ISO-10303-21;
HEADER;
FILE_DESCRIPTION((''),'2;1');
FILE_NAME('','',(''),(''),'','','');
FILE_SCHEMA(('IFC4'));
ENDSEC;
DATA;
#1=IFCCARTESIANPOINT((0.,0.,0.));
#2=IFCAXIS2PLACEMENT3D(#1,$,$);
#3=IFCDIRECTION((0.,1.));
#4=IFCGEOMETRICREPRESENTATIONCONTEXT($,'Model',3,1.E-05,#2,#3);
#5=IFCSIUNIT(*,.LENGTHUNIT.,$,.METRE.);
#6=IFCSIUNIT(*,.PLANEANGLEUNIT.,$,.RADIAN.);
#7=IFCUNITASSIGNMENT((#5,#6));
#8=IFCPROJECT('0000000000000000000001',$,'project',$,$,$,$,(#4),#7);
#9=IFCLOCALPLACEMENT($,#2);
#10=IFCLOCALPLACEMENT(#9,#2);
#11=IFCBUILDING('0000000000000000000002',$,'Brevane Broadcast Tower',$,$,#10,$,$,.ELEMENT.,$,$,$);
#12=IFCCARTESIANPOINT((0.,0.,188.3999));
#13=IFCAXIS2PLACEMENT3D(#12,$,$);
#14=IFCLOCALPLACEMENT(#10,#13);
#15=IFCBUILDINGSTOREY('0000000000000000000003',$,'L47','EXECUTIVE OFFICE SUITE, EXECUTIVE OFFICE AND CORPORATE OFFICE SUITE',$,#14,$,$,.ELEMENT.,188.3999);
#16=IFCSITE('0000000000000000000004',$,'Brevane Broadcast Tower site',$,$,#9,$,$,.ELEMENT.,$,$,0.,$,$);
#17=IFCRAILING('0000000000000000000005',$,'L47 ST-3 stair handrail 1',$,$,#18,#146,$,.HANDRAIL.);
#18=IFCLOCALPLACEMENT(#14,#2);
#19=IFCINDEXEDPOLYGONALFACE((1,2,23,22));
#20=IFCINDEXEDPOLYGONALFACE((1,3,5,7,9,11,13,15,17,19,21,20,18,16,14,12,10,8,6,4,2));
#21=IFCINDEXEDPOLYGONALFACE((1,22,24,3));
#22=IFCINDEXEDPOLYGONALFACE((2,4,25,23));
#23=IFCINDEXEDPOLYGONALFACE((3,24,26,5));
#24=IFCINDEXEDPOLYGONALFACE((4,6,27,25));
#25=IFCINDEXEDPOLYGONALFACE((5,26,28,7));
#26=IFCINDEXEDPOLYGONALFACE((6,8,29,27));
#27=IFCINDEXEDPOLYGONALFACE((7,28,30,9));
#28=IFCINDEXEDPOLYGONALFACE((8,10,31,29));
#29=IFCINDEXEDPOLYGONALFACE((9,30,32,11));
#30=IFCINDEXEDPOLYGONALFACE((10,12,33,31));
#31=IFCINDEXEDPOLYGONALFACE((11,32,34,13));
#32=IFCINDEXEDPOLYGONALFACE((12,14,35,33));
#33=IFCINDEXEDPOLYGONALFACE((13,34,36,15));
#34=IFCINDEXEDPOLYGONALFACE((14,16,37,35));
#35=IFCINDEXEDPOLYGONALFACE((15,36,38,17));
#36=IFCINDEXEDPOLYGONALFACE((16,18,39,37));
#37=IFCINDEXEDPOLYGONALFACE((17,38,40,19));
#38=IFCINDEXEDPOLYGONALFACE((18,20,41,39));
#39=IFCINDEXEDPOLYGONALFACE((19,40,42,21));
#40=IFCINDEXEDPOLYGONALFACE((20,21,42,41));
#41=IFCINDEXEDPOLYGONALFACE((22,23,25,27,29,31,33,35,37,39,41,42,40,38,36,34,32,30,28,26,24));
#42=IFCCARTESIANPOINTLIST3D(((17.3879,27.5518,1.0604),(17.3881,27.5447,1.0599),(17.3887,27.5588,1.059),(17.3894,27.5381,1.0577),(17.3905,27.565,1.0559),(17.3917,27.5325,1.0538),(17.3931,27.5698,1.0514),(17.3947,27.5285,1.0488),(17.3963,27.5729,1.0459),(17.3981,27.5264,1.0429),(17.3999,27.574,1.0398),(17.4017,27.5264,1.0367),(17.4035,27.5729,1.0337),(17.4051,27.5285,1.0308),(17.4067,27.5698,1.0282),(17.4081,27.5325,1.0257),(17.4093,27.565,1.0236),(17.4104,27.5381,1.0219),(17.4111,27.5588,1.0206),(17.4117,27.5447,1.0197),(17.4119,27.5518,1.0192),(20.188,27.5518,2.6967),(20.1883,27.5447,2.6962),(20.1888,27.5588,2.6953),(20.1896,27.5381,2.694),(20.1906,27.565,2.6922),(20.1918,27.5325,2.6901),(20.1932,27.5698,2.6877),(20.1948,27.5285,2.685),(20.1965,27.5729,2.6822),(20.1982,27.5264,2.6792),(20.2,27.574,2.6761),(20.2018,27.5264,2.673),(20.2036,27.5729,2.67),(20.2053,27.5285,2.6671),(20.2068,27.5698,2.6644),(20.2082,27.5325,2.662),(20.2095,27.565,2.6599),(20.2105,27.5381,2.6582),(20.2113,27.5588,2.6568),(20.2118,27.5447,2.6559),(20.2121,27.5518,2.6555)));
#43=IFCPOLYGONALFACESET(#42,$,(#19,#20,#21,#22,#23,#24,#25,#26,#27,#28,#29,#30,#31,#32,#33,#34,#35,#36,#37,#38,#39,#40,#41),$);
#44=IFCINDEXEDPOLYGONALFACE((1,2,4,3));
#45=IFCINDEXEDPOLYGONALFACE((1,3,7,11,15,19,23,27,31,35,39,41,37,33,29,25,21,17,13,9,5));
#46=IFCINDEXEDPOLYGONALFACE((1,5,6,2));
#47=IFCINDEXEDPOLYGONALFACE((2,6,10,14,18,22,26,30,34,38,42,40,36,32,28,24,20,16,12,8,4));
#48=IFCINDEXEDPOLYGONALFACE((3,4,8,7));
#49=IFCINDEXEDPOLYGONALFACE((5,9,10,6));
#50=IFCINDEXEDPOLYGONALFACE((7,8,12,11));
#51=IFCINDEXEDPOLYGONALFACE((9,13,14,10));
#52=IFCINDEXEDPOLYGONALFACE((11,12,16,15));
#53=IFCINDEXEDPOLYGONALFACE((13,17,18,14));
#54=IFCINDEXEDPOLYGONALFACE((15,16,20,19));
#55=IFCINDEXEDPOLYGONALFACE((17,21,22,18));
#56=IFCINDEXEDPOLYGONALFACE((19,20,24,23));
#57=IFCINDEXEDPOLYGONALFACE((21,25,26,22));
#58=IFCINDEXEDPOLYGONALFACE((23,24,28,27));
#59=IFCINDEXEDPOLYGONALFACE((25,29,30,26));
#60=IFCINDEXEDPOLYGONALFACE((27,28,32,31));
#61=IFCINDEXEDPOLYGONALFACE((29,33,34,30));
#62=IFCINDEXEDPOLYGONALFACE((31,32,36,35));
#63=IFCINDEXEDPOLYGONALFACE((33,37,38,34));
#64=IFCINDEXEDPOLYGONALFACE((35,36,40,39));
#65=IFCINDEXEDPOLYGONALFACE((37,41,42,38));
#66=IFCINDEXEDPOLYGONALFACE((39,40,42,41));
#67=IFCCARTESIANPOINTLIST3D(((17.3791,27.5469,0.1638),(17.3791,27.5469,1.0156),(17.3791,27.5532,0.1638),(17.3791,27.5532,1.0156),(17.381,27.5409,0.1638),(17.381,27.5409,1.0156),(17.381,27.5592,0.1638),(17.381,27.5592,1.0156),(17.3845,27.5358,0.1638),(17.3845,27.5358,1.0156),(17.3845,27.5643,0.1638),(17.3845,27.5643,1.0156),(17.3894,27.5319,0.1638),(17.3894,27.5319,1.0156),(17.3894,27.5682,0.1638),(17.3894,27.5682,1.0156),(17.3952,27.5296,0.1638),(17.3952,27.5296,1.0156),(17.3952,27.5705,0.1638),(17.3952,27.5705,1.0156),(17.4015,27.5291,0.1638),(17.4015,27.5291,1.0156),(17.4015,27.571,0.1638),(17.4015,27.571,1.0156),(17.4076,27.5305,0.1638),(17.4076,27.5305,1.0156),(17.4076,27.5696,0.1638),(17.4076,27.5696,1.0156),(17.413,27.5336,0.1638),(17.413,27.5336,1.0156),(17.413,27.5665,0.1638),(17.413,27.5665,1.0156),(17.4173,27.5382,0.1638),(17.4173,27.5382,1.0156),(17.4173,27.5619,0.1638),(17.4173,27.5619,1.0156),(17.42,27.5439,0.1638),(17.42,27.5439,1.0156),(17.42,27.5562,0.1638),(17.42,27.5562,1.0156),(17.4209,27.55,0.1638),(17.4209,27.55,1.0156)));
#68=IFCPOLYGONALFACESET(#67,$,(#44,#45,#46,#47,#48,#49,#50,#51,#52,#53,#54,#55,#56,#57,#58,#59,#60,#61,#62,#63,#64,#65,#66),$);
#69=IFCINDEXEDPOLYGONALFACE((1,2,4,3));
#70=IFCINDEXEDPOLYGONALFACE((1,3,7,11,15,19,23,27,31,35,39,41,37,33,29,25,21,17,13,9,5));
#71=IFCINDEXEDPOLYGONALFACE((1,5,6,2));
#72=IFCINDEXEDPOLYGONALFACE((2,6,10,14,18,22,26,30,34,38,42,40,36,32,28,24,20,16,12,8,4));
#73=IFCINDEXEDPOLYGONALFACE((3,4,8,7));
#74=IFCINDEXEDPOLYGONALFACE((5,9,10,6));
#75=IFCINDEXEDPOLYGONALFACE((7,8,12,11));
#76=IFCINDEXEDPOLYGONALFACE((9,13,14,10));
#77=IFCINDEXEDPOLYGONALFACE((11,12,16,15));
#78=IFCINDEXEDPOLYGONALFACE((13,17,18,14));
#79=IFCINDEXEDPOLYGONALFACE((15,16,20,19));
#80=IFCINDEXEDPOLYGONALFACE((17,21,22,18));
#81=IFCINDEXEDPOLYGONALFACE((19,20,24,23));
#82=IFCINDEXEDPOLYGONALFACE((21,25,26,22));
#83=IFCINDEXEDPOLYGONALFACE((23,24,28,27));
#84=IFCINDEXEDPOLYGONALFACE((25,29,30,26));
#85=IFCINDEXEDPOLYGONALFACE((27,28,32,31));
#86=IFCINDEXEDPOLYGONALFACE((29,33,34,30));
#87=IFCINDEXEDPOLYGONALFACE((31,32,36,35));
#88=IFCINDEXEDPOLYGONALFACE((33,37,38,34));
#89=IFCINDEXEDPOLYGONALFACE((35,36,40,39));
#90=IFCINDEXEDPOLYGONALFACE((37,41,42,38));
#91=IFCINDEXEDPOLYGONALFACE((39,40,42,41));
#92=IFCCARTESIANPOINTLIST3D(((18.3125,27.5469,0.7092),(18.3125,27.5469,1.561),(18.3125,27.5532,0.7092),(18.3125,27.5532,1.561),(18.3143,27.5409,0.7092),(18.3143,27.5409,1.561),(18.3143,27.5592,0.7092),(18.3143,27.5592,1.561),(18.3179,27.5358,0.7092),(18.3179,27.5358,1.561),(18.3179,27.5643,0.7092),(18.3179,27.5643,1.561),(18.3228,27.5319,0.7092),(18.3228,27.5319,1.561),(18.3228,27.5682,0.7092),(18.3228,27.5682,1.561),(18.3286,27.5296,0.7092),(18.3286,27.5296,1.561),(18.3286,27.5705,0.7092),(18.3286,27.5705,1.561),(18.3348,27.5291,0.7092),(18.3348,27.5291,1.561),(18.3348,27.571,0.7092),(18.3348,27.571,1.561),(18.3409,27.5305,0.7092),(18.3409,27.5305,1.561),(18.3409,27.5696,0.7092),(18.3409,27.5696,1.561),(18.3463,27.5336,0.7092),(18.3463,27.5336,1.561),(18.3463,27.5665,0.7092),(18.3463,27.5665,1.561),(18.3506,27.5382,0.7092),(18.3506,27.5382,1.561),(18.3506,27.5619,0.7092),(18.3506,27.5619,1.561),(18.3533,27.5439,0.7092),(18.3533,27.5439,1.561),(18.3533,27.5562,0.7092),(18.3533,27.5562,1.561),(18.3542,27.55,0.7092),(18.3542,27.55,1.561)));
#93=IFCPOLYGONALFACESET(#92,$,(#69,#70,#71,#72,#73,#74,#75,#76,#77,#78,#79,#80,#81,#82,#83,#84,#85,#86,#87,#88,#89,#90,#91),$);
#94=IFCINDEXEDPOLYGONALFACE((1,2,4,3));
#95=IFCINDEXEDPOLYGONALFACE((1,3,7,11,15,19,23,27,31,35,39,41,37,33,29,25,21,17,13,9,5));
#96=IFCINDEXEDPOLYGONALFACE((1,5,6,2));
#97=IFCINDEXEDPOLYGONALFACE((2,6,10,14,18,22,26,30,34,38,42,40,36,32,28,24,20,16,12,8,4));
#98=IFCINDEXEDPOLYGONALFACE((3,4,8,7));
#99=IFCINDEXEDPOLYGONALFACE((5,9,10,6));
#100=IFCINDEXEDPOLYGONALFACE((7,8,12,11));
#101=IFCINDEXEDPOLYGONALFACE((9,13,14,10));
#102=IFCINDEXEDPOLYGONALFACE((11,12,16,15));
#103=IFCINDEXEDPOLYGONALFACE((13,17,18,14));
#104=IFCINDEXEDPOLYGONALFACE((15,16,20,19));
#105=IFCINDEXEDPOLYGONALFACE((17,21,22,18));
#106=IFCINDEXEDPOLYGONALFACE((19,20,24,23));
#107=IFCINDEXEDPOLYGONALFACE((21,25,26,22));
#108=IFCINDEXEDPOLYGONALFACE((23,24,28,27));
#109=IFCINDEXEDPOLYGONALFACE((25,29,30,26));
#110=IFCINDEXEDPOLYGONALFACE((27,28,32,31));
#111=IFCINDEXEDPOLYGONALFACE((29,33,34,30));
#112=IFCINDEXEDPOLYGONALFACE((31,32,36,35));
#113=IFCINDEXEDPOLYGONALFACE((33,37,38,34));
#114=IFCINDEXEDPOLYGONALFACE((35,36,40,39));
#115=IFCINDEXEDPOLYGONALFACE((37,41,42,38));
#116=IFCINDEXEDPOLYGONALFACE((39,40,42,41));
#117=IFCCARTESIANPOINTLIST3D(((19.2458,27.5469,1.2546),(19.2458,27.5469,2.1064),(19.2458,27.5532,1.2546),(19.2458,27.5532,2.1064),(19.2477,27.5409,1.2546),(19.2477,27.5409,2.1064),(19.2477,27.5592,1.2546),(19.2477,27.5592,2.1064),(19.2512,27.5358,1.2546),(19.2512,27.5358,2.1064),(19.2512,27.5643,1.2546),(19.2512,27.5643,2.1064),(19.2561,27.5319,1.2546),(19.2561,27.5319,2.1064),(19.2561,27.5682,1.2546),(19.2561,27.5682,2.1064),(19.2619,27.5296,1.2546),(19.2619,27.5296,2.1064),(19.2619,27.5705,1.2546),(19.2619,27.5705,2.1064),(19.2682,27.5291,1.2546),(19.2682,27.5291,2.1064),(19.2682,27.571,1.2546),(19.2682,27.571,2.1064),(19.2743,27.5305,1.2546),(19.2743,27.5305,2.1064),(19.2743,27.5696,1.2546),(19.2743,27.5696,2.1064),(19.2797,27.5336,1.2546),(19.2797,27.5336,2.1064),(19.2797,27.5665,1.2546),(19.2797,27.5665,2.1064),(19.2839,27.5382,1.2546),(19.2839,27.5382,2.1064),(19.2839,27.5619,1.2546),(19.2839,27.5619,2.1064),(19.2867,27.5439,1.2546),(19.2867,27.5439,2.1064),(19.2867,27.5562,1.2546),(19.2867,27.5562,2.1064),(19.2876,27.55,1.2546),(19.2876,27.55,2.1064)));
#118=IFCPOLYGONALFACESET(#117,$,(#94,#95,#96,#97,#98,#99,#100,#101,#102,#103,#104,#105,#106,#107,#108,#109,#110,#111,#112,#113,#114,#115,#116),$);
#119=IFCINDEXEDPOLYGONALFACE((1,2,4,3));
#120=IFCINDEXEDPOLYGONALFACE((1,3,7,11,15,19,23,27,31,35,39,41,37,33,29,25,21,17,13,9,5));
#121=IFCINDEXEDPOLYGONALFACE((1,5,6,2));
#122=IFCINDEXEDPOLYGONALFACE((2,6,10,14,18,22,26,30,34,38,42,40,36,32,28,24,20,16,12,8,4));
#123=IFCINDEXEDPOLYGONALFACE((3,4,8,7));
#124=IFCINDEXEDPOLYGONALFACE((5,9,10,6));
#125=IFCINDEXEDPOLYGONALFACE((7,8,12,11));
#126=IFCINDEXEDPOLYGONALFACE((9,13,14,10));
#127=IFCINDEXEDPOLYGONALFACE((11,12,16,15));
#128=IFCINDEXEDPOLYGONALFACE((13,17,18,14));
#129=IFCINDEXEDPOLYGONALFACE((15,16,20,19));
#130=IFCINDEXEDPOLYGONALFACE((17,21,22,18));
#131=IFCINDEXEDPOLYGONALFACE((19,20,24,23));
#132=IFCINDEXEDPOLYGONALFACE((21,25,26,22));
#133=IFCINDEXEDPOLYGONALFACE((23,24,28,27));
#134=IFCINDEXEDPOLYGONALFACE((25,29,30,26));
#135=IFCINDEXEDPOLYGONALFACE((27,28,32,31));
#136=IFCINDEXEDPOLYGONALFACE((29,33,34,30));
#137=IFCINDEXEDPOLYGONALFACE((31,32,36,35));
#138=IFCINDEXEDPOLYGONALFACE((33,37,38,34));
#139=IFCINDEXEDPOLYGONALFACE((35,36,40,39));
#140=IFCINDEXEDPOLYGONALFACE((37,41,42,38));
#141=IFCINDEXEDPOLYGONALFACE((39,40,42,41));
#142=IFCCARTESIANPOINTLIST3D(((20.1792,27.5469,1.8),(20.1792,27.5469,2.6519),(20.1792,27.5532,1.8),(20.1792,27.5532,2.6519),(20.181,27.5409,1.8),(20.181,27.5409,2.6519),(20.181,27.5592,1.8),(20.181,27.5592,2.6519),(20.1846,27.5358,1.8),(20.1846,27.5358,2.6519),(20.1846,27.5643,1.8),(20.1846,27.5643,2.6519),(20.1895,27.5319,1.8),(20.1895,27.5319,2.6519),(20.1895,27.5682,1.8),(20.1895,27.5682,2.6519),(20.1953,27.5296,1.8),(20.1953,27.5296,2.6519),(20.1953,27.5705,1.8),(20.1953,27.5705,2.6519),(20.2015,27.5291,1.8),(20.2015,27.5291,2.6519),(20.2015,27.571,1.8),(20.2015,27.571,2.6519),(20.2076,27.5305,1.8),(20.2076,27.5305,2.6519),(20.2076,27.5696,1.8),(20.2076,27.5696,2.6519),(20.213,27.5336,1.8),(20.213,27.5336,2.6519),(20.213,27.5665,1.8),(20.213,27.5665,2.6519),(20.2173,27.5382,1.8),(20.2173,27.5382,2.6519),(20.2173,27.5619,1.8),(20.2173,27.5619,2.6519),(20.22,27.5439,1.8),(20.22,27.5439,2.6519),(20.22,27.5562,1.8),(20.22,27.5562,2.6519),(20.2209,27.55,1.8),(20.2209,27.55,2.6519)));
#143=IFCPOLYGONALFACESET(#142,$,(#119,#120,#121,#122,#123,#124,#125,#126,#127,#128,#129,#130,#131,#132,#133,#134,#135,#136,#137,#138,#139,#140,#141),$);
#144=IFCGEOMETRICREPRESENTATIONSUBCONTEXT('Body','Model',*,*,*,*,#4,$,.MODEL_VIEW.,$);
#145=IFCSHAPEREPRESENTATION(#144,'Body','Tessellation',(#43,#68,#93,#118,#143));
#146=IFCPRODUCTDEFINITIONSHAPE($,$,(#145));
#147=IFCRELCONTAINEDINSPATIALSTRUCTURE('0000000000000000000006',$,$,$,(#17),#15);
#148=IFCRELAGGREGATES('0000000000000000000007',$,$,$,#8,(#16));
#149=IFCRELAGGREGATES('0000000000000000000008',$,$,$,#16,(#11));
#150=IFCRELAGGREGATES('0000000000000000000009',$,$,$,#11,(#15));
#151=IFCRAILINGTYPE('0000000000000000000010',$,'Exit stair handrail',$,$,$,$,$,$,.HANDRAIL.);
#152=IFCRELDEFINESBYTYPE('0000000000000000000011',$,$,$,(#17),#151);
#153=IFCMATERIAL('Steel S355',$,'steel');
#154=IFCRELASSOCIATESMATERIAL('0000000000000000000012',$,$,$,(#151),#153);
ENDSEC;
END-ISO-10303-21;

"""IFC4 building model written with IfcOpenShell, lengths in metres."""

from ifc_helpers import new_model, si_unit, direction, frame, origin, origin_2d, place, context, subcontext, project, spatial, circle, extrude, material, type_object, element, save


model = new_model("IFC4")

# Units and contexts
model_context = context("Model", 3, precision=1e-05, world=origin(), true_north=direction((0.0, 1.0)))
body_context = subcontext(model_context, "Body", "Model", "MODEL_VIEW")
ifc_project = project(units=[si_unit("LENGTHUNIT", "METRE"), si_unit("PLANEANGLEUNIT", "RADIAN")], contexts=[model_context])

# Site, building, storey
site_placement = place(None, origin())
site = spatial("IfcSite", under=ifc_project, at=site_placement, Name="Brevane Broadcast Tower site", CompositionType="ELEMENT", RefElevation=0.0)
building_placement = place(site_placement, origin())
building = spatial("IfcBuilding", under=site, at=building_placement, Name="Brevane Broadcast Tower", CompositionType="ELEMENT")
storey_placement = place(building_placement, frame((0.0, 0.0, 188.3999)))
storey = spatial("IfcBuildingStorey", under=building, at=storey_placement, Name="L47", Description="EXECUTIVE OFFICE SUITE, EXECUTIVE OFFICE AND CORPORATE OFFICE SUITE", CompositionType="ELEMENT", Elevation=188.3999)

# Railing
ifc_material_1 = material(Name="Steel S355", Category="steel")
railing_type_1 = type_object("IfcRailingType", Name="Exit stair handrail", PredefinedType="HANDRAIL", material=ifc_material_1)
railing_1_placement = place(storey_placement, frame((17.3999, 27.55, 0.1638)))
element("IfcRailing", 1, at=railing_1_placement, inside=storey, type_object=railing_type_1, Name="L47 ST-3 stair handrail 1", PredefinedType="HANDRAIL", context=body_context, shape_type="SweptSolid", body=[
    extrude(circle(Radius=0.0239, at=origin_2d()), frame((0.0, 0.0, 0.876), z_axis=(0.863394, 0.0, 0.504531), x_axis=(0.0, 1.0, 0.0)), (0.0, 0.0, 1.0), 3.2432),
    extrude(circle(Radius=0.021, at=origin_2d()), origin(), (0.0, 0.0, 1.0), 0.8518),
    extrude(circle(Radius=0.021, at=origin_2d()), frame((0.9333, 0.0, 0.5454)), (0.0, 0.0, 1.0), 0.8518),
    extrude(circle(Radius=0.021, at=origin_2d()), frame((1.8667, 0.0, 1.0908)), (0.0, 0.0, 1.0), 0.8518),
    extrude(circle(Radius=0.021, at=origin_2d()), frame((2.8, 0.0, 1.6362)), (0.0, 0.0, 1.0), 0.8518),
])

save(model, "model.ifc")
